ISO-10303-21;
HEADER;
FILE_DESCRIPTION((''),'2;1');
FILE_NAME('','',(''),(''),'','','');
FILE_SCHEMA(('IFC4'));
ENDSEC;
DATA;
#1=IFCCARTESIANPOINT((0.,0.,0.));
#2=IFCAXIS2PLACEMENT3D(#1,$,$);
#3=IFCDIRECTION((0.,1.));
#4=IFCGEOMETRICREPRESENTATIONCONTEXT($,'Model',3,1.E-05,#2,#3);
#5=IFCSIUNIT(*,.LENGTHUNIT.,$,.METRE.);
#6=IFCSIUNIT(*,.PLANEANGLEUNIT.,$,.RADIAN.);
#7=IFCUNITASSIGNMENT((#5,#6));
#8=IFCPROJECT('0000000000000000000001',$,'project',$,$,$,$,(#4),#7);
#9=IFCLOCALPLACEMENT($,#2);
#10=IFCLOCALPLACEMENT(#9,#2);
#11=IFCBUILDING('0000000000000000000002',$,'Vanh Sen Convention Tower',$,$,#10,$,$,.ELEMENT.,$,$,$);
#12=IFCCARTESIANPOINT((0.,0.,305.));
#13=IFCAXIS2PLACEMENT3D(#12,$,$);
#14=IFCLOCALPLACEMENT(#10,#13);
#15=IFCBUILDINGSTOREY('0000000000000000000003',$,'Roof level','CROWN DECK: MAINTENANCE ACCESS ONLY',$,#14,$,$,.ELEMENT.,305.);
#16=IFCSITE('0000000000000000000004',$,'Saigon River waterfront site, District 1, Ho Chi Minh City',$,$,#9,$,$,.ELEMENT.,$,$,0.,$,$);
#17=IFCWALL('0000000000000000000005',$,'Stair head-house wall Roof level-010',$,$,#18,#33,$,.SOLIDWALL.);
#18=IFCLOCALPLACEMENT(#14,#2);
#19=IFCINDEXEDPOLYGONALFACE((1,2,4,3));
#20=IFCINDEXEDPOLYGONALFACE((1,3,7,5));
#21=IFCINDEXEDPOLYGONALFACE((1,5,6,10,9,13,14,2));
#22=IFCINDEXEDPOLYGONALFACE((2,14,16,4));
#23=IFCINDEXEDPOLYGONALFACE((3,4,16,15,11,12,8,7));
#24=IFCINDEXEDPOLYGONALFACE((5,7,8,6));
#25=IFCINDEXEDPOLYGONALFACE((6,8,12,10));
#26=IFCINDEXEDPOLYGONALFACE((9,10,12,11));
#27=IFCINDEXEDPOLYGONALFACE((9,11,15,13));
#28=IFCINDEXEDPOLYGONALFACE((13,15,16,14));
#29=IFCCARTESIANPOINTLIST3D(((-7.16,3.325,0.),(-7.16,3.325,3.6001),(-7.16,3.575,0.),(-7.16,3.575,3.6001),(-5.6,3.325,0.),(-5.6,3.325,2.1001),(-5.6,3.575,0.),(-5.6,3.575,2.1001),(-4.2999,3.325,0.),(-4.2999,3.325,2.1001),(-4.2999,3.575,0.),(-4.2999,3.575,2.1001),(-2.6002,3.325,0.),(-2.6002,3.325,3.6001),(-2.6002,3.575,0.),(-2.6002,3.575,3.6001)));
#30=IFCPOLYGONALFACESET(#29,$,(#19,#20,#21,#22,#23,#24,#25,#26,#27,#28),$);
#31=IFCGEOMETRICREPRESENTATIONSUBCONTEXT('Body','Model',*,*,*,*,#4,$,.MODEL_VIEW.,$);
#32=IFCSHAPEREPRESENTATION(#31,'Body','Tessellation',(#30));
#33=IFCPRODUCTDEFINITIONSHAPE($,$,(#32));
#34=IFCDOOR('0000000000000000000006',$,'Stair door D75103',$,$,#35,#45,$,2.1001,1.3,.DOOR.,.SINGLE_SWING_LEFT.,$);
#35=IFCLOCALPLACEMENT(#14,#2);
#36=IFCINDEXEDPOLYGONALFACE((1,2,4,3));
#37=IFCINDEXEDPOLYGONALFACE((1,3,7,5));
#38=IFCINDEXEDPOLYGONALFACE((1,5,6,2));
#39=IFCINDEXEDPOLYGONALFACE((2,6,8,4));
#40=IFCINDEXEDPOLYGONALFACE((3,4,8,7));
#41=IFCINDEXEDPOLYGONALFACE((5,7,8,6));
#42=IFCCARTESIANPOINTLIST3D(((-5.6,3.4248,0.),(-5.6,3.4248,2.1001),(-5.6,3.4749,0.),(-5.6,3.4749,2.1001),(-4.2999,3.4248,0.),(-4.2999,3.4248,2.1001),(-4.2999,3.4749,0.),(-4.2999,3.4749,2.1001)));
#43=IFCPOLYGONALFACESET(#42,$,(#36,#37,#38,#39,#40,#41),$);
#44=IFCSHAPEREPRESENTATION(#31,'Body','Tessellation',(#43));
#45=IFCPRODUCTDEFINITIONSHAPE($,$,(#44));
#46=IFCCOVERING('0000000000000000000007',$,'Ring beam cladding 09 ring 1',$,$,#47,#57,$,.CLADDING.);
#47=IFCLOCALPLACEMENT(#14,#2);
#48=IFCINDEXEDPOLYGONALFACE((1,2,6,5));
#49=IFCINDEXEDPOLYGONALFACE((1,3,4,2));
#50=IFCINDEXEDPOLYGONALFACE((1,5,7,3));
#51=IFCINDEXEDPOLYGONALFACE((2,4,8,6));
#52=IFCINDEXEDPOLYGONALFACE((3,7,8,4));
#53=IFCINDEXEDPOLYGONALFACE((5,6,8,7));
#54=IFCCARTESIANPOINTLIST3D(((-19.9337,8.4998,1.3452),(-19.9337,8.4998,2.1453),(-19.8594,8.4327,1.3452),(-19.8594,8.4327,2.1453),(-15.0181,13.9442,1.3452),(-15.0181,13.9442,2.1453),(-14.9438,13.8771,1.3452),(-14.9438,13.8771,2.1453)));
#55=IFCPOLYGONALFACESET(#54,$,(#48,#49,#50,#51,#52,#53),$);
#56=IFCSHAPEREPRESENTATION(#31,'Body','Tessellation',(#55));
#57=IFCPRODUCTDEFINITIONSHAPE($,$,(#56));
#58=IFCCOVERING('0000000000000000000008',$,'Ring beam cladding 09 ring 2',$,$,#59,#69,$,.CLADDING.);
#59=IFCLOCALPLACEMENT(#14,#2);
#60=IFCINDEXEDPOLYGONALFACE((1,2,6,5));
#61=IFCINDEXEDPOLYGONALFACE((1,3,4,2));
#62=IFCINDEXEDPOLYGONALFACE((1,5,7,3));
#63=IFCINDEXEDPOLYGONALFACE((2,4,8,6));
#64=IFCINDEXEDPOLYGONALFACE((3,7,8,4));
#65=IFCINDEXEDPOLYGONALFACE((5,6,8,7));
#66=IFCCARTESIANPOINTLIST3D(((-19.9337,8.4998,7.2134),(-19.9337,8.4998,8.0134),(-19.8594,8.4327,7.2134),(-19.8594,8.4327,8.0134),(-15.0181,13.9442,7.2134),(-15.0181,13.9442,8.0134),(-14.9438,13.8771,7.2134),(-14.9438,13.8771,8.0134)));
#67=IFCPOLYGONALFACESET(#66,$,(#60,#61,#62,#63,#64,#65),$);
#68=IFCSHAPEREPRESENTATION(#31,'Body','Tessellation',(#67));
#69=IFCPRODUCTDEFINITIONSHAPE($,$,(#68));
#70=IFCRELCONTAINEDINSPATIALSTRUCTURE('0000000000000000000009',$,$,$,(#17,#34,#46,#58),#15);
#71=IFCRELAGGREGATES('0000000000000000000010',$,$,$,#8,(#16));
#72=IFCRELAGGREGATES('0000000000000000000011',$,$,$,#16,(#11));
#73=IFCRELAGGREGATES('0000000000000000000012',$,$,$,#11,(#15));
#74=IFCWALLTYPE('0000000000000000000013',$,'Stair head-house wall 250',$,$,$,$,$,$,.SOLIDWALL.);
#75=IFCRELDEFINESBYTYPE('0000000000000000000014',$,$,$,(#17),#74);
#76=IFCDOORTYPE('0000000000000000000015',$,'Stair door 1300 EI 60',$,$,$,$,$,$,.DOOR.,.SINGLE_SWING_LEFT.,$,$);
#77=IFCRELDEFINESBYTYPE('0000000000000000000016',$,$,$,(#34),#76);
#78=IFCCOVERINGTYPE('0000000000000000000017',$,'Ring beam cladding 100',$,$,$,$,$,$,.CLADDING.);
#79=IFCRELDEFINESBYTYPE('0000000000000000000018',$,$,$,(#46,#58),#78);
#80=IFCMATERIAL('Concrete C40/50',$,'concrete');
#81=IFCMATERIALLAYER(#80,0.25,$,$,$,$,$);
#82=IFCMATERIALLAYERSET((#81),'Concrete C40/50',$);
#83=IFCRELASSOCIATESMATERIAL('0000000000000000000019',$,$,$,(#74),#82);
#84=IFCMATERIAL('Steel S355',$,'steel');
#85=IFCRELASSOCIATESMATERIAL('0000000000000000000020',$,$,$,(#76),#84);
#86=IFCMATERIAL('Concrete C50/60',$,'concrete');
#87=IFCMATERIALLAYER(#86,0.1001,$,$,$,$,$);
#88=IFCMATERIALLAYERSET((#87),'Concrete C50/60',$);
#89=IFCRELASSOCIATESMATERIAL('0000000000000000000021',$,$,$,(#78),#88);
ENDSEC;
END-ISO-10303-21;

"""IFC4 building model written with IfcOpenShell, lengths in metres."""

from ifc_helpers import new_model, si_unit, direction, frame, frame_2d, origin, origin_2d, place, context, subcontext, project, spatial, rectangle, extrude, material, layer, layer_set, type_object, element, fill, save


model = new_model("IFC4")

# Units and contexts
model_context = context("Model", 3, precision=1e-05, world=origin(), true_north=direction((0.0, 1.0)))
body_context = subcontext(model_context, "Body", "Model", "MODEL_VIEW")
ifc_project = project(units=[si_unit("LENGTHUNIT", "METRE"), si_unit("PLANEANGLEUNIT", "RADIAN")], contexts=[model_context])

# Site, building, storey
site_placement = place(None, origin())
site = spatial("IfcSite", under=ifc_project, at=site_placement, Name="Saigon River waterfront site, District 1, Ho Chi Minh City", CompositionType="ELEMENT", RefElevation=0.0)
building_placement = place(site_placement, origin())
building = spatial("IfcBuilding", under=site, at=building_placement, Name="Vanh Sen Convention Tower", CompositionType="ELEMENT")
storey_placement = place(building_placement, frame((0.0, 0.0, 305.0)))
storey = spatial("IfcBuildingStorey", under=building, at=storey_placement, Name="Roof level", Description="CROWN DECK: MAINTENANCE ACCESS ONLY", CompositionType="ELEMENT", Elevation=305.0)

# Shared definitions
ifc_material_1 = material(Name="Concrete C40/50", Category="concrete")
ifc_layer_1 = layer(ifc_material_1, 0.25)
ifc_layer_set_1 = layer_set([ifc_layer_1], Name="Concrete C40/50")
wall_type_1 = type_object("IfcWallType", Name="Stair head-house wall 250", PredefinedType="SOLIDWALL", material=ifc_layer_set_1)

# Wall, opening, door
wall_1_placement = place(storey_placement, frame((-7.1599, 3.45, 0.0), z_axis=(0.0, 0.0, 1.0), x_axis=(1.0, 0.0, 0.0)))
wall_1 = element("IfcWall", 1, at=wall_1_placement, inside=storey, type_object=wall_type_1, Name="Stair head-house wall Roof level-010", PredefinedType="SOLIDWALL", context=body_context, shape_type="SweptSolid", body=[
    extrude(rectangle(XDim=4.5598, YDim=0.25, at=frame_2d((2.2798, 0.0))), origin(), (0.0, 0.0, 1.0), 3.6001),
])
opening_placement = place(wall_1_placement, frame((1.5601, 0.0, 0.0)))
opening = element("IfcOpeningElement", 2, at=opening_placement, cuts=wall_1, PredefinedType="OPENING", context=body_context, shape_type="SweptSolid", body=[
    extrude(rectangle(XDim=1.3, YDim=2.1001, at=frame_2d((0.6499, 1.05))), frame((0.0, 0.135, 0.0), z_axis=(0.0, -1.0, 0.0), x_axis=(1.0, 0.0, 0.0)), (0.0, 0.0, 1.0), 0.27),
])
ifc_material_2 = material(Name="Steel S355", Category="steel")
door_type = type_object("IfcDoorType", Name="Stair door 1300 EI 60", OperationType="SINGLE_SWING_LEFT", PredefinedType="DOOR", material=ifc_material_2)
door_placement = place(opening_placement, origin())
door = element("IfcDoor", 3, at=door_placement, inside=storey, type_object=door_type, Name="Stair door D75103", OperationType="SINGLE_SWING_LEFT", OverallHeight=2.1001, OverallWidth=1.3, PredefinedType="DOOR", context=body_context, shape_type="SweptSolid", body=[
    extrude(rectangle(XDim=1.3, YDim=2.1001, at=frame_2d((0.6499, 1.05))), frame((0.0, 0.0249, 0.0), z_axis=(0.0, -1.0, 0.0), x_axis=(1.0, 0.0, 0.0)), (0.0, 0.0, 1.0), 0.05),
])
fill(opening, door)

# Coverings
ifc_material_3 = material(Name="Concrete C50/60", Category="concrete")
ifc_layer_2 = layer(ifc_material_3, 0.1001)
ifc_layer_set_2 = layer_set([ifc_layer_2], Name="Concrete C50/60")
covering_type = type_object("IfcCoveringType", Name="Ring beam cladding 100", PredefinedType="CLADDING", material=ifc_layer_set_2)
for number, where, z_axis, x_axis, name in (
    (4, (-17.4387, 11.1885, 1.3452), (0.0, 0.0, 1.0), (-0.670143, -0.742232, 0.0), "Ring beam cladding 09 ring 1"),
    (5, (-17.4387, 11.1885, 7.2134), (0.0, 0.0, 1.0), (-0.670143, -0.742232, 0.0), "Ring beam cladding 09 ring 2"),
):
    element("IfcCovering", number, at=place(storey_placement, frame(where, z_axis=z_axis, x_axis=x_axis)), inside=storey, type_object=covering_type, Name=name, PredefinedType="CLADDING", context=body_context, shape_type="SweptSolid", body=[
        extrude(rectangle(XDim=7.3352, YDim=0.1001, at=origin_2d()), origin(), (0.0, 0.0, 1.0), 0.8),
    ])

save(model, "model.ifc")
